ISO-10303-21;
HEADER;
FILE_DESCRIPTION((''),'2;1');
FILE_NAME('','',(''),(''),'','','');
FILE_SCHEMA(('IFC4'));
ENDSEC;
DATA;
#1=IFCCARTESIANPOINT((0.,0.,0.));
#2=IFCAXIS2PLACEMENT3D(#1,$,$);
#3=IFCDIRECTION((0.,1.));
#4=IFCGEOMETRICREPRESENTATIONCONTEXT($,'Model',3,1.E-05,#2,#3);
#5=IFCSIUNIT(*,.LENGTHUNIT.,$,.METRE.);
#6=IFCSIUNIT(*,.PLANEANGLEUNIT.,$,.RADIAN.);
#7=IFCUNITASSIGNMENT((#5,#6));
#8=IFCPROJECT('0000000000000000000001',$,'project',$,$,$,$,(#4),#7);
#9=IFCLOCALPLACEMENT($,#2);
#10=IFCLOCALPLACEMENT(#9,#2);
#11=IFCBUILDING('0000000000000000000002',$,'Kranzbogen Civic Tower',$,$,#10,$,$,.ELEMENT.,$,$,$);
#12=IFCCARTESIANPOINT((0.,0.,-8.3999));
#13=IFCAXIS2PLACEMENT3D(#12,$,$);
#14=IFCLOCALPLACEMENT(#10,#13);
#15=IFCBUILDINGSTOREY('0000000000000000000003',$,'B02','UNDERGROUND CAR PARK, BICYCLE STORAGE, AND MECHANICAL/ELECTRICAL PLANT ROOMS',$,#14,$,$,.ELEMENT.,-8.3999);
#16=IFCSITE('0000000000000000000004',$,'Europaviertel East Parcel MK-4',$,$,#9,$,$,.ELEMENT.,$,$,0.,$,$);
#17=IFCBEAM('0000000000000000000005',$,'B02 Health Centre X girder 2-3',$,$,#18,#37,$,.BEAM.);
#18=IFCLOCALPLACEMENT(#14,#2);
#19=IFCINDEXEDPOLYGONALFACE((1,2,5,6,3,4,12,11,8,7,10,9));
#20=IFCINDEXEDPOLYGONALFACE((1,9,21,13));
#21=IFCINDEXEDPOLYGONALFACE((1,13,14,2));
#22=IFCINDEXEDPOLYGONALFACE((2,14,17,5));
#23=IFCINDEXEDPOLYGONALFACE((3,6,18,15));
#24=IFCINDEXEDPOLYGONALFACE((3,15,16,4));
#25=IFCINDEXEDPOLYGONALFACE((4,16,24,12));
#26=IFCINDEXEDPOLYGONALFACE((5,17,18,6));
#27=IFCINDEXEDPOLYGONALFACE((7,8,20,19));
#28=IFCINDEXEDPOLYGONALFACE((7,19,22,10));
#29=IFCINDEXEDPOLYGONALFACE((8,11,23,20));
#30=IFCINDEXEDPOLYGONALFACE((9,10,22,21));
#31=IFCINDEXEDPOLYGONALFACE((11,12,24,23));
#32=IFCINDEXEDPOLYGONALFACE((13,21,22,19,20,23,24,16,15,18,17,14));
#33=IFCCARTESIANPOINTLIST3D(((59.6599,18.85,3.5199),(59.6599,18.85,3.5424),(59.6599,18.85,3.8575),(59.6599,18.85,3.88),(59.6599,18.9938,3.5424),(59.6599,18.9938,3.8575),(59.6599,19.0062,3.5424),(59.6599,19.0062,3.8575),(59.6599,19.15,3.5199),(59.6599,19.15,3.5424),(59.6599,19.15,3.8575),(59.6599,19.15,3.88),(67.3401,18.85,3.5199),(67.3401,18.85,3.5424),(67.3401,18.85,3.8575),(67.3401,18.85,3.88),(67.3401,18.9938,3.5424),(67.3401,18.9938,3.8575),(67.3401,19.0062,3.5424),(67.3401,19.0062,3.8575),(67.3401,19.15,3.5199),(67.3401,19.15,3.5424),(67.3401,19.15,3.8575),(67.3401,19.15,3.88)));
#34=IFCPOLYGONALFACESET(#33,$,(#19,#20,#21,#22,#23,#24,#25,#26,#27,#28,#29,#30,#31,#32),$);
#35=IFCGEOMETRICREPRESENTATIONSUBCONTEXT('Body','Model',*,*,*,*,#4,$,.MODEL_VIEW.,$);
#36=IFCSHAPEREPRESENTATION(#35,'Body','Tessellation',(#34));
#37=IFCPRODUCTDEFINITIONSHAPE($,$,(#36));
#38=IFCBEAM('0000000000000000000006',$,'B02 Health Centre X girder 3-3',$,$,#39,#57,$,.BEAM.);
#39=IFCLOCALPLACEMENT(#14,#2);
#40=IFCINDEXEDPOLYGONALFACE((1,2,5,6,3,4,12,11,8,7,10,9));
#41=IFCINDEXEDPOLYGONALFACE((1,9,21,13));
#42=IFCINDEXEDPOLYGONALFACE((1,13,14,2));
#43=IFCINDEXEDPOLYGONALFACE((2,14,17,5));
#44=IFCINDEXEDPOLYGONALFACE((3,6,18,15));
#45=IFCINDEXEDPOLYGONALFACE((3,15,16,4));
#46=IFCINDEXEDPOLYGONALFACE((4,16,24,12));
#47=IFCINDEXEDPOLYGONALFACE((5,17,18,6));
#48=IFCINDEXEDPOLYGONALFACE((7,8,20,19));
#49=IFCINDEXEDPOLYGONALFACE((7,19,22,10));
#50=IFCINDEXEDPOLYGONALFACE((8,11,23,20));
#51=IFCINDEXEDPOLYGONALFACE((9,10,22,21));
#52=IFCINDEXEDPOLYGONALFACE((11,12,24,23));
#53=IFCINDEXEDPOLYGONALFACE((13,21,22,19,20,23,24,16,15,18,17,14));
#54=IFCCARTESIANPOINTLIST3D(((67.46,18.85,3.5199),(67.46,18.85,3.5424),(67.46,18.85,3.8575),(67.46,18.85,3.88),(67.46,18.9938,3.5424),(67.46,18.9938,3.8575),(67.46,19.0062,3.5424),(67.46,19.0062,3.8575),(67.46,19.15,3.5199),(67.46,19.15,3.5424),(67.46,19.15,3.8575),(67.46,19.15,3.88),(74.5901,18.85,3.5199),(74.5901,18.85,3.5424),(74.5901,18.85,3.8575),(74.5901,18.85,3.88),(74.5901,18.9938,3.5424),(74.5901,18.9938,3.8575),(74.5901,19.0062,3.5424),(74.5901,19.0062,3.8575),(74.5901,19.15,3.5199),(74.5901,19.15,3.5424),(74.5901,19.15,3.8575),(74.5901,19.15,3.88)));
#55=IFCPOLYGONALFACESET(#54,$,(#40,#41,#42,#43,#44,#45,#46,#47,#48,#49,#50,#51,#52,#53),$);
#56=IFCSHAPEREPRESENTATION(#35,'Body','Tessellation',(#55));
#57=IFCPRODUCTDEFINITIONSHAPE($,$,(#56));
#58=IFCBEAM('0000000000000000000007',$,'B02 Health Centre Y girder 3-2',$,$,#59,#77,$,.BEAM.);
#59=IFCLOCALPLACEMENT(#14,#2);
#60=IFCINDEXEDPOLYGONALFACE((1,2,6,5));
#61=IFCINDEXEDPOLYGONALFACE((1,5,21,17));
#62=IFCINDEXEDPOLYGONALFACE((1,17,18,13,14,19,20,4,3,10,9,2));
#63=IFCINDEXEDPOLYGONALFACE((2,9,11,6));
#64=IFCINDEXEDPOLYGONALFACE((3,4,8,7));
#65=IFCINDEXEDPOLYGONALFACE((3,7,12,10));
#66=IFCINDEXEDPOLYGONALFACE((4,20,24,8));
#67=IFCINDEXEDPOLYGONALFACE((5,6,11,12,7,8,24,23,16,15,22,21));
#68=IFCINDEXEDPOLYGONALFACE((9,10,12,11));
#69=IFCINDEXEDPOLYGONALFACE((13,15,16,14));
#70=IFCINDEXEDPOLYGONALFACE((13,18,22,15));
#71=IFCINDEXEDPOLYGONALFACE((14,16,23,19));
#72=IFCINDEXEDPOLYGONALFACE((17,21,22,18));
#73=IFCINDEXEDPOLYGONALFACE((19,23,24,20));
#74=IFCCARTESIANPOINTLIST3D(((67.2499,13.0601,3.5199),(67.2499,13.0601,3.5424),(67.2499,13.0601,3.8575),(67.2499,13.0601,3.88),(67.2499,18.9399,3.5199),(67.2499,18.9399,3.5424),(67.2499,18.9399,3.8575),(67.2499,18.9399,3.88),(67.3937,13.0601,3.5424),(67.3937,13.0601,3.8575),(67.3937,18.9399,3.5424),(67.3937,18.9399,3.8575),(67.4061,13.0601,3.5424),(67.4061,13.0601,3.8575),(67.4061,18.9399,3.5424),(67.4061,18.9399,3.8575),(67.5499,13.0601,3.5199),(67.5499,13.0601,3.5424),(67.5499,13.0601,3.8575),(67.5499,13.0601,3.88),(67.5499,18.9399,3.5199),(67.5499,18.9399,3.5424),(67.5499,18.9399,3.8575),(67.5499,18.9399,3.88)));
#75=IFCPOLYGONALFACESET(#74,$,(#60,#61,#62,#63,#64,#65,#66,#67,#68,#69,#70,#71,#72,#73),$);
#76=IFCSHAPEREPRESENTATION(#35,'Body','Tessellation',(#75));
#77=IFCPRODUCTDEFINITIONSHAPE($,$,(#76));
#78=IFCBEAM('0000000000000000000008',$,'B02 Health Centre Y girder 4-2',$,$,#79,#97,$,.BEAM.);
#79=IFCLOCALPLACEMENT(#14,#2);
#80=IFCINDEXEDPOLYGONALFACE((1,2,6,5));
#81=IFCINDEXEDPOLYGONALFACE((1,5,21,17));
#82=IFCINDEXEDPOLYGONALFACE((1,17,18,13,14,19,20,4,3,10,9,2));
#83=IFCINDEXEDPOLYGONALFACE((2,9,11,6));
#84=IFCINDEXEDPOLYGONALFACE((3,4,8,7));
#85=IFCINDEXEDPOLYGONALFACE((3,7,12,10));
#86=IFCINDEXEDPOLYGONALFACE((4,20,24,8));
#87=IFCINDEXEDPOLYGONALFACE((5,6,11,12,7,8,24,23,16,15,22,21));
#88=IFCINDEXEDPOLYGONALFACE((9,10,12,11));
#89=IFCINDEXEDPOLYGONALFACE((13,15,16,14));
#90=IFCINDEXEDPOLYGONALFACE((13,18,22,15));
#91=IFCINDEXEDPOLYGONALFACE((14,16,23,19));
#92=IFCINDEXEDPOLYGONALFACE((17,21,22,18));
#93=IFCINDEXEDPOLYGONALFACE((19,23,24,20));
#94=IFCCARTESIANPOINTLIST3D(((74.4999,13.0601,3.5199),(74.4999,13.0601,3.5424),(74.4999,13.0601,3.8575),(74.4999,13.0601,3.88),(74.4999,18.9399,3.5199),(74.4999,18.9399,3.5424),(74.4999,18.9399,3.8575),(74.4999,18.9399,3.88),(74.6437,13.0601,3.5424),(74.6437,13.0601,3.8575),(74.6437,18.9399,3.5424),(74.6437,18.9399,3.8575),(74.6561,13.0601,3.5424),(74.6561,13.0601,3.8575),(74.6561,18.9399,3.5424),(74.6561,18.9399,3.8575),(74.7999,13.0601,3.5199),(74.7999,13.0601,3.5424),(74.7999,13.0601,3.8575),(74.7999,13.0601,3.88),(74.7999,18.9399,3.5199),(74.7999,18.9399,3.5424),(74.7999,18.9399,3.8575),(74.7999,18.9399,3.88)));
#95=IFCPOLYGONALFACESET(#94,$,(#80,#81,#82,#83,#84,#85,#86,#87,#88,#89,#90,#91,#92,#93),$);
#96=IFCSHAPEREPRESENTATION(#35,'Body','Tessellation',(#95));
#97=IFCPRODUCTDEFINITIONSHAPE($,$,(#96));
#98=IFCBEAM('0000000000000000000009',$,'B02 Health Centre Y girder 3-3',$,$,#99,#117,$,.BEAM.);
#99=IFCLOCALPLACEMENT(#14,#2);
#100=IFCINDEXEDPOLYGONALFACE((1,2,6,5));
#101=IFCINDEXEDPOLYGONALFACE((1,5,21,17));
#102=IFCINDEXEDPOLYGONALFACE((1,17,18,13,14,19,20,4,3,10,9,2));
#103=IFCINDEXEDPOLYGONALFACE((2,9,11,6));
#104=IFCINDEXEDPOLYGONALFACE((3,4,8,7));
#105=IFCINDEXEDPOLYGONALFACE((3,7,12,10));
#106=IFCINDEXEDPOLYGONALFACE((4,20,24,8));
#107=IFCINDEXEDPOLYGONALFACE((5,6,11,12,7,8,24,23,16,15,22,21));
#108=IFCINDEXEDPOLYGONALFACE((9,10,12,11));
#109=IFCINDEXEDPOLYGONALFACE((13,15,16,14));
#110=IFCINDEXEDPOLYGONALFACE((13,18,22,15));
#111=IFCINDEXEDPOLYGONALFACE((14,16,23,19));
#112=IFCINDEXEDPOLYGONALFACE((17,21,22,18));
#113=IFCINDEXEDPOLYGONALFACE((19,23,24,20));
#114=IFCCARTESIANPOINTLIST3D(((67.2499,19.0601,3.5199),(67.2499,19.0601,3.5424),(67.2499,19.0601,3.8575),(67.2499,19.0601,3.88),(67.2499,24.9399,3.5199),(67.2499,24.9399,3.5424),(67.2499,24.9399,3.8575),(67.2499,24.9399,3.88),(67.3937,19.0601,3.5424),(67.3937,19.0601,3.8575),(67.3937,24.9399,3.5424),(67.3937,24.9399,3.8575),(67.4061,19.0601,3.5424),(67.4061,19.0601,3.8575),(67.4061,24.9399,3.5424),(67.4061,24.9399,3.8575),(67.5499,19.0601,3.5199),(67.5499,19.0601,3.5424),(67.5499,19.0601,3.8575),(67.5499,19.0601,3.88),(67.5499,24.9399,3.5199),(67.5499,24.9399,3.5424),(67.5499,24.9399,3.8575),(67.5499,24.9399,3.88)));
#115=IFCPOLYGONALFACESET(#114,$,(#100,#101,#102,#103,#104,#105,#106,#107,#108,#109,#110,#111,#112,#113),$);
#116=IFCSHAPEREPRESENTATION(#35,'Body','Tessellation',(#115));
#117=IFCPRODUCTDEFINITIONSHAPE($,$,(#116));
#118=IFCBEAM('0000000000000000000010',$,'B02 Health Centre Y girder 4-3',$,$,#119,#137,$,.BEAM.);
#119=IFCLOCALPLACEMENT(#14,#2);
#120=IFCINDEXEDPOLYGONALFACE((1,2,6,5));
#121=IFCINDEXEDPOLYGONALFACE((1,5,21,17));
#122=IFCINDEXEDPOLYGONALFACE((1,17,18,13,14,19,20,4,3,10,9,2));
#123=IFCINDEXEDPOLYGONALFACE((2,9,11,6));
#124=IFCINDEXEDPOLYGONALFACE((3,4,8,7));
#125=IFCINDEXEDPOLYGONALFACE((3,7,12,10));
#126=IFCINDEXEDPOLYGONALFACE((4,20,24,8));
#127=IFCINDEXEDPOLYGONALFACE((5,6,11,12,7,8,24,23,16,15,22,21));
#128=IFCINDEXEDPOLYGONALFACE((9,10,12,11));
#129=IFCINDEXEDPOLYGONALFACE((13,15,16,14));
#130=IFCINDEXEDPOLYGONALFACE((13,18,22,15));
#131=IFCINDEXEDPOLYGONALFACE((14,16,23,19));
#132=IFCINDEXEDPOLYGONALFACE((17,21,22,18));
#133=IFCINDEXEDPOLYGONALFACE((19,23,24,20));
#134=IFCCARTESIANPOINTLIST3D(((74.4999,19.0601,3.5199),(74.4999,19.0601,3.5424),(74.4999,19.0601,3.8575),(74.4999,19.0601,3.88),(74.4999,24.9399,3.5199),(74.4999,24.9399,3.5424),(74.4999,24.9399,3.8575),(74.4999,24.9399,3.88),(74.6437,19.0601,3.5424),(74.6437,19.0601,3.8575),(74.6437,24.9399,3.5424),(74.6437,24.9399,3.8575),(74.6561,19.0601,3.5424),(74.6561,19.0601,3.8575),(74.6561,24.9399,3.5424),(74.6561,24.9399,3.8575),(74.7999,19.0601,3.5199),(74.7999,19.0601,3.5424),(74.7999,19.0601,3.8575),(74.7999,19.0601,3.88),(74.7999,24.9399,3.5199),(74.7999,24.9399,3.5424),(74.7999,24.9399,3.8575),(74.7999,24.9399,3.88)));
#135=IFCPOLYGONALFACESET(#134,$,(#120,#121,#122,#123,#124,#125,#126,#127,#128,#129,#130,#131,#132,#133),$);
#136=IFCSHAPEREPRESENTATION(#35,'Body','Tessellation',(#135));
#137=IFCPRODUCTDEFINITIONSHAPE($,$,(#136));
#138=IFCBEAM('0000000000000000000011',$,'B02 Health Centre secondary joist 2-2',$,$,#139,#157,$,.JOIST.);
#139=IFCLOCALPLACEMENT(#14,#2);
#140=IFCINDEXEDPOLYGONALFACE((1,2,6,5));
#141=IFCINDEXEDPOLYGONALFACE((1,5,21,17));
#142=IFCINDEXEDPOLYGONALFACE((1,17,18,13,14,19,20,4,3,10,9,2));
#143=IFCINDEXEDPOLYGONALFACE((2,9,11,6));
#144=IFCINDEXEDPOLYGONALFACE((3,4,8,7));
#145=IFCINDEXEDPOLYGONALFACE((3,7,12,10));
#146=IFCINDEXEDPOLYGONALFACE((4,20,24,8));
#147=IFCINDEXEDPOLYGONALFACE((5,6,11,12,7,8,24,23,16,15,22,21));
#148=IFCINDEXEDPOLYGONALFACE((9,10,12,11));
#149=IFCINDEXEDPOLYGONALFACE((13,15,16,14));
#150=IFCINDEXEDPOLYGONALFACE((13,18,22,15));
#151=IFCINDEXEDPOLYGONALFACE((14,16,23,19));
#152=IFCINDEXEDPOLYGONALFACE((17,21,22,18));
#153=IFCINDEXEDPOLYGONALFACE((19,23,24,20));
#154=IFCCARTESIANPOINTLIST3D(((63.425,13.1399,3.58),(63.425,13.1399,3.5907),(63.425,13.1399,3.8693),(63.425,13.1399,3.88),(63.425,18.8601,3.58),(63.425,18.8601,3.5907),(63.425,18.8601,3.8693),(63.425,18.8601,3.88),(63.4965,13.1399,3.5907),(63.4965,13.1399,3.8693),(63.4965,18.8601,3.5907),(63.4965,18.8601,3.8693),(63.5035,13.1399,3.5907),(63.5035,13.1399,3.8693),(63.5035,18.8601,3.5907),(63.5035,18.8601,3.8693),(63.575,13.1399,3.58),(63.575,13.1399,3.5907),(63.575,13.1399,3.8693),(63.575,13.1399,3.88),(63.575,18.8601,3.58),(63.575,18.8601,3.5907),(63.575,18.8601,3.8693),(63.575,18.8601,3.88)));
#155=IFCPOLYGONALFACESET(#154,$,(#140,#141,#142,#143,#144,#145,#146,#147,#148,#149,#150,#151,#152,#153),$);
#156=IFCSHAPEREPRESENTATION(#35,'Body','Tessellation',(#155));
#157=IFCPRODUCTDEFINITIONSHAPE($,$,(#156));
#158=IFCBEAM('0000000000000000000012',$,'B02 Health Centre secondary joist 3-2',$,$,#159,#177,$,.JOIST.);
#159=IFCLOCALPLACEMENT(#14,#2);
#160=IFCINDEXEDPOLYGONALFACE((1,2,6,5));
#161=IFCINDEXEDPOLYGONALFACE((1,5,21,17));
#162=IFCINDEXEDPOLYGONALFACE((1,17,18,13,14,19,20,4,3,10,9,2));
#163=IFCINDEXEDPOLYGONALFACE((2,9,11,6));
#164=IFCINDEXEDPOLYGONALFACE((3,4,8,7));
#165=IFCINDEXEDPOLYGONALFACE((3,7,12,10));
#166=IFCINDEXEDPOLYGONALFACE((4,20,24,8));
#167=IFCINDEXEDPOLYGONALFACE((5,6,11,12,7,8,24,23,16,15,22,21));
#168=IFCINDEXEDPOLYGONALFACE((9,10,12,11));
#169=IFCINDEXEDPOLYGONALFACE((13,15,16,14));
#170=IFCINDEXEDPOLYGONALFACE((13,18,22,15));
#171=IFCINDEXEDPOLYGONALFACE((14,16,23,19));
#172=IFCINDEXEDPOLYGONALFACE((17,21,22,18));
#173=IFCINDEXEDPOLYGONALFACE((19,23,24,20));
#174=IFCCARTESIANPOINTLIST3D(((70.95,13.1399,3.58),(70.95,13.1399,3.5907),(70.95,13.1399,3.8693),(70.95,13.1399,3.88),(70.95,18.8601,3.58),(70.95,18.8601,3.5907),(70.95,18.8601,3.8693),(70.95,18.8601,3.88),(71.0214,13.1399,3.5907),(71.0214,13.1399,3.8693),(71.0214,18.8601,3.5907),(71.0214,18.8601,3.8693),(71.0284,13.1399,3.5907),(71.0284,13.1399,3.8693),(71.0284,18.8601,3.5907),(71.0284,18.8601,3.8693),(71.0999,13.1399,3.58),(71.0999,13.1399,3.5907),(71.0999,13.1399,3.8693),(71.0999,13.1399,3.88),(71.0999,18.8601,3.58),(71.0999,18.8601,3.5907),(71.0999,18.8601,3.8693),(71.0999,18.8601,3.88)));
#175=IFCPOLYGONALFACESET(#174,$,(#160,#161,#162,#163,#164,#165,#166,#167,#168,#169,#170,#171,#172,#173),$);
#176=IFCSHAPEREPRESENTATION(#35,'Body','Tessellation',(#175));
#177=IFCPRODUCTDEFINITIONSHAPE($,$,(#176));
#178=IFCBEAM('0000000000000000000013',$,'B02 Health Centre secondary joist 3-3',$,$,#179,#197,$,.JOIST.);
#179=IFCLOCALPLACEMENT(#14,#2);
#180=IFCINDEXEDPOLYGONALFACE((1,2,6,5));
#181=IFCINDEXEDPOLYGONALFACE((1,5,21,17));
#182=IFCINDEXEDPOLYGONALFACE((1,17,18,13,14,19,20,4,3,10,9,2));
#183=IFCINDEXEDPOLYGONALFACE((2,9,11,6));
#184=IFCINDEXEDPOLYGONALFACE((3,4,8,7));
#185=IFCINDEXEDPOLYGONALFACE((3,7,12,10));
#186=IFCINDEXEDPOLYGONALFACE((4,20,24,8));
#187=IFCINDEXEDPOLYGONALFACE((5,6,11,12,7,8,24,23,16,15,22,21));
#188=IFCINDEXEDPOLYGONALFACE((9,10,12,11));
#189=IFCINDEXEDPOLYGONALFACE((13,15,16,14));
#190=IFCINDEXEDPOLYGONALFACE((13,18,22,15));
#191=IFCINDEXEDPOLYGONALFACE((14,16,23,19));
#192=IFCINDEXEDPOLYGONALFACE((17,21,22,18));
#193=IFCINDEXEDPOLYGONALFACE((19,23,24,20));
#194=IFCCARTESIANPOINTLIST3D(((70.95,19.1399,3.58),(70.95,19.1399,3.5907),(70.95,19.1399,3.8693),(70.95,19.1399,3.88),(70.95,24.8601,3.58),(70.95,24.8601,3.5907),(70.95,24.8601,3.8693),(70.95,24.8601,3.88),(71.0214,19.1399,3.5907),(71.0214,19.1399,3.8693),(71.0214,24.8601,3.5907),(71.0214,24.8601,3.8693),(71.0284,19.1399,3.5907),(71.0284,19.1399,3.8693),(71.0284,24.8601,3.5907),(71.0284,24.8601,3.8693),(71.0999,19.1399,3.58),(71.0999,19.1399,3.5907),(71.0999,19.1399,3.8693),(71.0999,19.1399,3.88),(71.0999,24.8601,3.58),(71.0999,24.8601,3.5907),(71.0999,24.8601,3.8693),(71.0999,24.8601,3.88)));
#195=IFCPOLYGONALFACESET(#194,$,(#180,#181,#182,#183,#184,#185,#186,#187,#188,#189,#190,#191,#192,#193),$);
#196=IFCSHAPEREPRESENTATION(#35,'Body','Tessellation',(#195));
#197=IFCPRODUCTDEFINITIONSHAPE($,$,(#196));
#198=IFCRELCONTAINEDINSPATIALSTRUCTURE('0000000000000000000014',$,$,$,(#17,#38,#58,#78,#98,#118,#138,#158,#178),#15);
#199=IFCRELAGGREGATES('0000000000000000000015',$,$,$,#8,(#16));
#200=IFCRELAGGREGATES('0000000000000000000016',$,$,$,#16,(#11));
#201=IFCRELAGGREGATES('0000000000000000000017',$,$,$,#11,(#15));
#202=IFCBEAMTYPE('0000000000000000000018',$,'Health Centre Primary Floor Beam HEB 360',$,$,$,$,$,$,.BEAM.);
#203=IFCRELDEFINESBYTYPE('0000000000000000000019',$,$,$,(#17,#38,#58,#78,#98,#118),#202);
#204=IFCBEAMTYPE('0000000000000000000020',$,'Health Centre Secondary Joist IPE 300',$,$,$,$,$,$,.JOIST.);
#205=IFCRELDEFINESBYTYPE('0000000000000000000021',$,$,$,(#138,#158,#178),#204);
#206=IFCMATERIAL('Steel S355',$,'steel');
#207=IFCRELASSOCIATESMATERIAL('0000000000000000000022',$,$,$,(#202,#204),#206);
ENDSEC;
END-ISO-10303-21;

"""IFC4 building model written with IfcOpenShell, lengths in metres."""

from ifc_helpers import new_model, si_unit, direction, frame, origin, origin_2d, place, context, subcontext, project, spatial, i_section, extrude, material, material_profile, profile_set, type_object, element, save


model = new_model("IFC4")

# Units and contexts
model_context = context("Model", 3, precision=1e-05, world=origin(), true_north=direction((0.0, 1.0)))
body_context = subcontext(model_context, "Body", "Model", "MODEL_VIEW")
ifc_project = project(units=[si_unit("LENGTHUNIT", "METRE"), si_unit("PLANEANGLEUNIT", "RADIAN")], contexts=[model_context])

# Site, building, storey
site_placement = place(None, origin())
site = spatial("IfcSite", under=ifc_project, at=site_placement, Name="Europaviertel East Parcel MK-4", CompositionType="ELEMENT", RefElevation=0.0)
building_placement = place(site_placement, origin())
building = spatial("IfcBuilding", under=site, at=building_placement, Name="Kranzbogen Civic Tower", CompositionType="ELEMENT")
storey_placement = place(building_placement, frame((0.0, 0.0, -8.3999)))
storey = spatial("IfcBuildingStorey", under=building, at=storey_placement, Name="B02", Description="UNDERGROUND CAR PARK, BICYCLE STORAGE, AND MECHANICAL/ELECTRICAL PLANT ROOMS", CompositionType="ELEMENT", Elevation=-8.3999)

# Shared definitions
ifc_material_1 = material(Name="Steel S355", Category="steel")

# Beams
ifc_material_profile_1 = material_profile(ifc_material_1, i_section(OverallWidth=0.3, OverallDepth=0.3601, WebThickness=0.0125, FlangeThickness=0.0225, at=origin_2d()), Name="HEB 360")
ifc_profile_set_1 = profile_set([ifc_material_profile_1], Name="Steel S355")
beam_type_1 = type_object("IfcBeamType", Name="Health Centre Primary Floor Beam HEB 360", PredefinedType="BEAM", material=ifc_profile_set_1)
beam_1_placement = place(storey_placement, frame((59.6599, 19.0, 3.7), z_axis=(1.0, 0.0, 0.0), x_axis=(0.0, 1.0, 0.0)))
element("IfcBeam", 1, at=beam_1_placement, inside=storey, type_object=beam_type_1, Name="B02 Health Centre X girder 2-3", PredefinedType="BEAM", context=body_context, shape_type="SweptSolid", body=[
    extrude(i_section(OverallWidth=0.3, OverallDepth=0.3601, WebThickness=0.0125, FlangeThickness=0.0225, at=origin_2d()), origin(), (0.0, 0.0, 1.0), 7.6802),
])
beam_2_placement = place(storey_placement, frame((67.46, 19.0, 3.7), z_axis=(1.0, 0.0, 0.0), x_axis=(0.0, 1.0, 0.0)))
element("IfcBeam", 2, at=beam_2_placement, inside=storey, type_object=beam_type_1, Name="B02 Health Centre X girder 3-3", PredefinedType="BEAM", context=body_context, shape_type="SweptSolid", body=[
    extrude(i_section(OverallWidth=0.3, OverallDepth=0.3601, WebThickness=0.0125, FlangeThickness=0.0225, at=origin_2d()), origin(), (0.0, 0.0, 1.0), 7.1301),
])
for number, where, z_axis, x_axis, name in (
    (3, (67.3999, 13.0601, 3.7), (0.0, 1.0, 0.0), (-1.0, 0.0, 0.0), "B02 Health Centre Y girder 3-2"),
    (4, (74.6499, 13.0601, 3.7), (0.0, 1.0, 0.0), (-1.0, 0.0, 0.0), "B02 Health Centre Y girder 4-2"),
    (5, (67.3999, 19.0601, 3.7), (0.0, 1.0, 0.0), (-1.0, 0.0, 0.0), "B02 Health Centre Y girder 3-3"),
    (6, (74.6499, 19.0601, 3.7), (0.0, 1.0, 0.0), (-1.0, 0.0, 0.0), "B02 Health Centre Y girder 4-3"),
):
    element("IfcBeam", number, at=place(storey_placement, frame(where, z_axis=z_axis, x_axis=x_axis)), inside=storey, type_object=beam_type_1, Name=name, PredefinedType="BEAM", context=body_context, shape_type="SweptSolid", body=[
        extrude(i_section(OverallWidth=0.3, OverallDepth=0.3601, WebThickness=0.0125, FlangeThickness=0.0225, at=origin_2d()), origin(), (0.0, 0.0, 1.0), 5.8799),
    ])
ifc_material_profile_2 = material_profile(ifc_material_1, i_section(OverallWidth=0.1499, OverallDepth=0.3, WebThickness=0.0071, FlangeThickness=0.0107, at=origin_2d()), Name="IPE 300")
ifc_profile_set_2 = profile_set([ifc_material_profile_2], Name="Steel S355")
beam_type_2 = type_object("IfcBeamType", Name="Health Centre Secondary Joist IPE 300", PredefinedType="JOIST", material=ifc_profile_set_2)
for number, where, z_axis, x_axis, name in (
    (7, (63.5, 13.1399, 3.73), (0.0, 1.0, 0.0), (-1.0, 0.0, 0.0), "B02 Health Centre secondary joist 2-2"),
    (8, (71.0249, 13.1399, 3.73), (0.0, 1.0, 0.0), (-1.0, 0.0, 0.0), "B02 Health Centre secondary joist 3-2"),
    (9, (71.0249, 19.1399, 3.73), (0.0, 1.0, 0.0), (-1.0, 0.0, 0.0), "B02 Health Centre secondary joist 3-3"),
):
    element("IfcBeam", number, at=place(storey_placement, frame(where, z_axis=z_axis, x_axis=x_axis)), inside=storey, type_object=beam_type_2, Name=name, PredefinedType="JOIST", context=body_context, shape_type="SweptSolid", body=[
        extrude(i_section(OverallWidth=0.1499, OverallDepth=0.3, WebThickness=0.0071, FlangeThickness=0.0107, at=origin_2d()), origin(), (0.0, 0.0, 1.0), 5.7202),
    ])

save(model, "model.ifc")
